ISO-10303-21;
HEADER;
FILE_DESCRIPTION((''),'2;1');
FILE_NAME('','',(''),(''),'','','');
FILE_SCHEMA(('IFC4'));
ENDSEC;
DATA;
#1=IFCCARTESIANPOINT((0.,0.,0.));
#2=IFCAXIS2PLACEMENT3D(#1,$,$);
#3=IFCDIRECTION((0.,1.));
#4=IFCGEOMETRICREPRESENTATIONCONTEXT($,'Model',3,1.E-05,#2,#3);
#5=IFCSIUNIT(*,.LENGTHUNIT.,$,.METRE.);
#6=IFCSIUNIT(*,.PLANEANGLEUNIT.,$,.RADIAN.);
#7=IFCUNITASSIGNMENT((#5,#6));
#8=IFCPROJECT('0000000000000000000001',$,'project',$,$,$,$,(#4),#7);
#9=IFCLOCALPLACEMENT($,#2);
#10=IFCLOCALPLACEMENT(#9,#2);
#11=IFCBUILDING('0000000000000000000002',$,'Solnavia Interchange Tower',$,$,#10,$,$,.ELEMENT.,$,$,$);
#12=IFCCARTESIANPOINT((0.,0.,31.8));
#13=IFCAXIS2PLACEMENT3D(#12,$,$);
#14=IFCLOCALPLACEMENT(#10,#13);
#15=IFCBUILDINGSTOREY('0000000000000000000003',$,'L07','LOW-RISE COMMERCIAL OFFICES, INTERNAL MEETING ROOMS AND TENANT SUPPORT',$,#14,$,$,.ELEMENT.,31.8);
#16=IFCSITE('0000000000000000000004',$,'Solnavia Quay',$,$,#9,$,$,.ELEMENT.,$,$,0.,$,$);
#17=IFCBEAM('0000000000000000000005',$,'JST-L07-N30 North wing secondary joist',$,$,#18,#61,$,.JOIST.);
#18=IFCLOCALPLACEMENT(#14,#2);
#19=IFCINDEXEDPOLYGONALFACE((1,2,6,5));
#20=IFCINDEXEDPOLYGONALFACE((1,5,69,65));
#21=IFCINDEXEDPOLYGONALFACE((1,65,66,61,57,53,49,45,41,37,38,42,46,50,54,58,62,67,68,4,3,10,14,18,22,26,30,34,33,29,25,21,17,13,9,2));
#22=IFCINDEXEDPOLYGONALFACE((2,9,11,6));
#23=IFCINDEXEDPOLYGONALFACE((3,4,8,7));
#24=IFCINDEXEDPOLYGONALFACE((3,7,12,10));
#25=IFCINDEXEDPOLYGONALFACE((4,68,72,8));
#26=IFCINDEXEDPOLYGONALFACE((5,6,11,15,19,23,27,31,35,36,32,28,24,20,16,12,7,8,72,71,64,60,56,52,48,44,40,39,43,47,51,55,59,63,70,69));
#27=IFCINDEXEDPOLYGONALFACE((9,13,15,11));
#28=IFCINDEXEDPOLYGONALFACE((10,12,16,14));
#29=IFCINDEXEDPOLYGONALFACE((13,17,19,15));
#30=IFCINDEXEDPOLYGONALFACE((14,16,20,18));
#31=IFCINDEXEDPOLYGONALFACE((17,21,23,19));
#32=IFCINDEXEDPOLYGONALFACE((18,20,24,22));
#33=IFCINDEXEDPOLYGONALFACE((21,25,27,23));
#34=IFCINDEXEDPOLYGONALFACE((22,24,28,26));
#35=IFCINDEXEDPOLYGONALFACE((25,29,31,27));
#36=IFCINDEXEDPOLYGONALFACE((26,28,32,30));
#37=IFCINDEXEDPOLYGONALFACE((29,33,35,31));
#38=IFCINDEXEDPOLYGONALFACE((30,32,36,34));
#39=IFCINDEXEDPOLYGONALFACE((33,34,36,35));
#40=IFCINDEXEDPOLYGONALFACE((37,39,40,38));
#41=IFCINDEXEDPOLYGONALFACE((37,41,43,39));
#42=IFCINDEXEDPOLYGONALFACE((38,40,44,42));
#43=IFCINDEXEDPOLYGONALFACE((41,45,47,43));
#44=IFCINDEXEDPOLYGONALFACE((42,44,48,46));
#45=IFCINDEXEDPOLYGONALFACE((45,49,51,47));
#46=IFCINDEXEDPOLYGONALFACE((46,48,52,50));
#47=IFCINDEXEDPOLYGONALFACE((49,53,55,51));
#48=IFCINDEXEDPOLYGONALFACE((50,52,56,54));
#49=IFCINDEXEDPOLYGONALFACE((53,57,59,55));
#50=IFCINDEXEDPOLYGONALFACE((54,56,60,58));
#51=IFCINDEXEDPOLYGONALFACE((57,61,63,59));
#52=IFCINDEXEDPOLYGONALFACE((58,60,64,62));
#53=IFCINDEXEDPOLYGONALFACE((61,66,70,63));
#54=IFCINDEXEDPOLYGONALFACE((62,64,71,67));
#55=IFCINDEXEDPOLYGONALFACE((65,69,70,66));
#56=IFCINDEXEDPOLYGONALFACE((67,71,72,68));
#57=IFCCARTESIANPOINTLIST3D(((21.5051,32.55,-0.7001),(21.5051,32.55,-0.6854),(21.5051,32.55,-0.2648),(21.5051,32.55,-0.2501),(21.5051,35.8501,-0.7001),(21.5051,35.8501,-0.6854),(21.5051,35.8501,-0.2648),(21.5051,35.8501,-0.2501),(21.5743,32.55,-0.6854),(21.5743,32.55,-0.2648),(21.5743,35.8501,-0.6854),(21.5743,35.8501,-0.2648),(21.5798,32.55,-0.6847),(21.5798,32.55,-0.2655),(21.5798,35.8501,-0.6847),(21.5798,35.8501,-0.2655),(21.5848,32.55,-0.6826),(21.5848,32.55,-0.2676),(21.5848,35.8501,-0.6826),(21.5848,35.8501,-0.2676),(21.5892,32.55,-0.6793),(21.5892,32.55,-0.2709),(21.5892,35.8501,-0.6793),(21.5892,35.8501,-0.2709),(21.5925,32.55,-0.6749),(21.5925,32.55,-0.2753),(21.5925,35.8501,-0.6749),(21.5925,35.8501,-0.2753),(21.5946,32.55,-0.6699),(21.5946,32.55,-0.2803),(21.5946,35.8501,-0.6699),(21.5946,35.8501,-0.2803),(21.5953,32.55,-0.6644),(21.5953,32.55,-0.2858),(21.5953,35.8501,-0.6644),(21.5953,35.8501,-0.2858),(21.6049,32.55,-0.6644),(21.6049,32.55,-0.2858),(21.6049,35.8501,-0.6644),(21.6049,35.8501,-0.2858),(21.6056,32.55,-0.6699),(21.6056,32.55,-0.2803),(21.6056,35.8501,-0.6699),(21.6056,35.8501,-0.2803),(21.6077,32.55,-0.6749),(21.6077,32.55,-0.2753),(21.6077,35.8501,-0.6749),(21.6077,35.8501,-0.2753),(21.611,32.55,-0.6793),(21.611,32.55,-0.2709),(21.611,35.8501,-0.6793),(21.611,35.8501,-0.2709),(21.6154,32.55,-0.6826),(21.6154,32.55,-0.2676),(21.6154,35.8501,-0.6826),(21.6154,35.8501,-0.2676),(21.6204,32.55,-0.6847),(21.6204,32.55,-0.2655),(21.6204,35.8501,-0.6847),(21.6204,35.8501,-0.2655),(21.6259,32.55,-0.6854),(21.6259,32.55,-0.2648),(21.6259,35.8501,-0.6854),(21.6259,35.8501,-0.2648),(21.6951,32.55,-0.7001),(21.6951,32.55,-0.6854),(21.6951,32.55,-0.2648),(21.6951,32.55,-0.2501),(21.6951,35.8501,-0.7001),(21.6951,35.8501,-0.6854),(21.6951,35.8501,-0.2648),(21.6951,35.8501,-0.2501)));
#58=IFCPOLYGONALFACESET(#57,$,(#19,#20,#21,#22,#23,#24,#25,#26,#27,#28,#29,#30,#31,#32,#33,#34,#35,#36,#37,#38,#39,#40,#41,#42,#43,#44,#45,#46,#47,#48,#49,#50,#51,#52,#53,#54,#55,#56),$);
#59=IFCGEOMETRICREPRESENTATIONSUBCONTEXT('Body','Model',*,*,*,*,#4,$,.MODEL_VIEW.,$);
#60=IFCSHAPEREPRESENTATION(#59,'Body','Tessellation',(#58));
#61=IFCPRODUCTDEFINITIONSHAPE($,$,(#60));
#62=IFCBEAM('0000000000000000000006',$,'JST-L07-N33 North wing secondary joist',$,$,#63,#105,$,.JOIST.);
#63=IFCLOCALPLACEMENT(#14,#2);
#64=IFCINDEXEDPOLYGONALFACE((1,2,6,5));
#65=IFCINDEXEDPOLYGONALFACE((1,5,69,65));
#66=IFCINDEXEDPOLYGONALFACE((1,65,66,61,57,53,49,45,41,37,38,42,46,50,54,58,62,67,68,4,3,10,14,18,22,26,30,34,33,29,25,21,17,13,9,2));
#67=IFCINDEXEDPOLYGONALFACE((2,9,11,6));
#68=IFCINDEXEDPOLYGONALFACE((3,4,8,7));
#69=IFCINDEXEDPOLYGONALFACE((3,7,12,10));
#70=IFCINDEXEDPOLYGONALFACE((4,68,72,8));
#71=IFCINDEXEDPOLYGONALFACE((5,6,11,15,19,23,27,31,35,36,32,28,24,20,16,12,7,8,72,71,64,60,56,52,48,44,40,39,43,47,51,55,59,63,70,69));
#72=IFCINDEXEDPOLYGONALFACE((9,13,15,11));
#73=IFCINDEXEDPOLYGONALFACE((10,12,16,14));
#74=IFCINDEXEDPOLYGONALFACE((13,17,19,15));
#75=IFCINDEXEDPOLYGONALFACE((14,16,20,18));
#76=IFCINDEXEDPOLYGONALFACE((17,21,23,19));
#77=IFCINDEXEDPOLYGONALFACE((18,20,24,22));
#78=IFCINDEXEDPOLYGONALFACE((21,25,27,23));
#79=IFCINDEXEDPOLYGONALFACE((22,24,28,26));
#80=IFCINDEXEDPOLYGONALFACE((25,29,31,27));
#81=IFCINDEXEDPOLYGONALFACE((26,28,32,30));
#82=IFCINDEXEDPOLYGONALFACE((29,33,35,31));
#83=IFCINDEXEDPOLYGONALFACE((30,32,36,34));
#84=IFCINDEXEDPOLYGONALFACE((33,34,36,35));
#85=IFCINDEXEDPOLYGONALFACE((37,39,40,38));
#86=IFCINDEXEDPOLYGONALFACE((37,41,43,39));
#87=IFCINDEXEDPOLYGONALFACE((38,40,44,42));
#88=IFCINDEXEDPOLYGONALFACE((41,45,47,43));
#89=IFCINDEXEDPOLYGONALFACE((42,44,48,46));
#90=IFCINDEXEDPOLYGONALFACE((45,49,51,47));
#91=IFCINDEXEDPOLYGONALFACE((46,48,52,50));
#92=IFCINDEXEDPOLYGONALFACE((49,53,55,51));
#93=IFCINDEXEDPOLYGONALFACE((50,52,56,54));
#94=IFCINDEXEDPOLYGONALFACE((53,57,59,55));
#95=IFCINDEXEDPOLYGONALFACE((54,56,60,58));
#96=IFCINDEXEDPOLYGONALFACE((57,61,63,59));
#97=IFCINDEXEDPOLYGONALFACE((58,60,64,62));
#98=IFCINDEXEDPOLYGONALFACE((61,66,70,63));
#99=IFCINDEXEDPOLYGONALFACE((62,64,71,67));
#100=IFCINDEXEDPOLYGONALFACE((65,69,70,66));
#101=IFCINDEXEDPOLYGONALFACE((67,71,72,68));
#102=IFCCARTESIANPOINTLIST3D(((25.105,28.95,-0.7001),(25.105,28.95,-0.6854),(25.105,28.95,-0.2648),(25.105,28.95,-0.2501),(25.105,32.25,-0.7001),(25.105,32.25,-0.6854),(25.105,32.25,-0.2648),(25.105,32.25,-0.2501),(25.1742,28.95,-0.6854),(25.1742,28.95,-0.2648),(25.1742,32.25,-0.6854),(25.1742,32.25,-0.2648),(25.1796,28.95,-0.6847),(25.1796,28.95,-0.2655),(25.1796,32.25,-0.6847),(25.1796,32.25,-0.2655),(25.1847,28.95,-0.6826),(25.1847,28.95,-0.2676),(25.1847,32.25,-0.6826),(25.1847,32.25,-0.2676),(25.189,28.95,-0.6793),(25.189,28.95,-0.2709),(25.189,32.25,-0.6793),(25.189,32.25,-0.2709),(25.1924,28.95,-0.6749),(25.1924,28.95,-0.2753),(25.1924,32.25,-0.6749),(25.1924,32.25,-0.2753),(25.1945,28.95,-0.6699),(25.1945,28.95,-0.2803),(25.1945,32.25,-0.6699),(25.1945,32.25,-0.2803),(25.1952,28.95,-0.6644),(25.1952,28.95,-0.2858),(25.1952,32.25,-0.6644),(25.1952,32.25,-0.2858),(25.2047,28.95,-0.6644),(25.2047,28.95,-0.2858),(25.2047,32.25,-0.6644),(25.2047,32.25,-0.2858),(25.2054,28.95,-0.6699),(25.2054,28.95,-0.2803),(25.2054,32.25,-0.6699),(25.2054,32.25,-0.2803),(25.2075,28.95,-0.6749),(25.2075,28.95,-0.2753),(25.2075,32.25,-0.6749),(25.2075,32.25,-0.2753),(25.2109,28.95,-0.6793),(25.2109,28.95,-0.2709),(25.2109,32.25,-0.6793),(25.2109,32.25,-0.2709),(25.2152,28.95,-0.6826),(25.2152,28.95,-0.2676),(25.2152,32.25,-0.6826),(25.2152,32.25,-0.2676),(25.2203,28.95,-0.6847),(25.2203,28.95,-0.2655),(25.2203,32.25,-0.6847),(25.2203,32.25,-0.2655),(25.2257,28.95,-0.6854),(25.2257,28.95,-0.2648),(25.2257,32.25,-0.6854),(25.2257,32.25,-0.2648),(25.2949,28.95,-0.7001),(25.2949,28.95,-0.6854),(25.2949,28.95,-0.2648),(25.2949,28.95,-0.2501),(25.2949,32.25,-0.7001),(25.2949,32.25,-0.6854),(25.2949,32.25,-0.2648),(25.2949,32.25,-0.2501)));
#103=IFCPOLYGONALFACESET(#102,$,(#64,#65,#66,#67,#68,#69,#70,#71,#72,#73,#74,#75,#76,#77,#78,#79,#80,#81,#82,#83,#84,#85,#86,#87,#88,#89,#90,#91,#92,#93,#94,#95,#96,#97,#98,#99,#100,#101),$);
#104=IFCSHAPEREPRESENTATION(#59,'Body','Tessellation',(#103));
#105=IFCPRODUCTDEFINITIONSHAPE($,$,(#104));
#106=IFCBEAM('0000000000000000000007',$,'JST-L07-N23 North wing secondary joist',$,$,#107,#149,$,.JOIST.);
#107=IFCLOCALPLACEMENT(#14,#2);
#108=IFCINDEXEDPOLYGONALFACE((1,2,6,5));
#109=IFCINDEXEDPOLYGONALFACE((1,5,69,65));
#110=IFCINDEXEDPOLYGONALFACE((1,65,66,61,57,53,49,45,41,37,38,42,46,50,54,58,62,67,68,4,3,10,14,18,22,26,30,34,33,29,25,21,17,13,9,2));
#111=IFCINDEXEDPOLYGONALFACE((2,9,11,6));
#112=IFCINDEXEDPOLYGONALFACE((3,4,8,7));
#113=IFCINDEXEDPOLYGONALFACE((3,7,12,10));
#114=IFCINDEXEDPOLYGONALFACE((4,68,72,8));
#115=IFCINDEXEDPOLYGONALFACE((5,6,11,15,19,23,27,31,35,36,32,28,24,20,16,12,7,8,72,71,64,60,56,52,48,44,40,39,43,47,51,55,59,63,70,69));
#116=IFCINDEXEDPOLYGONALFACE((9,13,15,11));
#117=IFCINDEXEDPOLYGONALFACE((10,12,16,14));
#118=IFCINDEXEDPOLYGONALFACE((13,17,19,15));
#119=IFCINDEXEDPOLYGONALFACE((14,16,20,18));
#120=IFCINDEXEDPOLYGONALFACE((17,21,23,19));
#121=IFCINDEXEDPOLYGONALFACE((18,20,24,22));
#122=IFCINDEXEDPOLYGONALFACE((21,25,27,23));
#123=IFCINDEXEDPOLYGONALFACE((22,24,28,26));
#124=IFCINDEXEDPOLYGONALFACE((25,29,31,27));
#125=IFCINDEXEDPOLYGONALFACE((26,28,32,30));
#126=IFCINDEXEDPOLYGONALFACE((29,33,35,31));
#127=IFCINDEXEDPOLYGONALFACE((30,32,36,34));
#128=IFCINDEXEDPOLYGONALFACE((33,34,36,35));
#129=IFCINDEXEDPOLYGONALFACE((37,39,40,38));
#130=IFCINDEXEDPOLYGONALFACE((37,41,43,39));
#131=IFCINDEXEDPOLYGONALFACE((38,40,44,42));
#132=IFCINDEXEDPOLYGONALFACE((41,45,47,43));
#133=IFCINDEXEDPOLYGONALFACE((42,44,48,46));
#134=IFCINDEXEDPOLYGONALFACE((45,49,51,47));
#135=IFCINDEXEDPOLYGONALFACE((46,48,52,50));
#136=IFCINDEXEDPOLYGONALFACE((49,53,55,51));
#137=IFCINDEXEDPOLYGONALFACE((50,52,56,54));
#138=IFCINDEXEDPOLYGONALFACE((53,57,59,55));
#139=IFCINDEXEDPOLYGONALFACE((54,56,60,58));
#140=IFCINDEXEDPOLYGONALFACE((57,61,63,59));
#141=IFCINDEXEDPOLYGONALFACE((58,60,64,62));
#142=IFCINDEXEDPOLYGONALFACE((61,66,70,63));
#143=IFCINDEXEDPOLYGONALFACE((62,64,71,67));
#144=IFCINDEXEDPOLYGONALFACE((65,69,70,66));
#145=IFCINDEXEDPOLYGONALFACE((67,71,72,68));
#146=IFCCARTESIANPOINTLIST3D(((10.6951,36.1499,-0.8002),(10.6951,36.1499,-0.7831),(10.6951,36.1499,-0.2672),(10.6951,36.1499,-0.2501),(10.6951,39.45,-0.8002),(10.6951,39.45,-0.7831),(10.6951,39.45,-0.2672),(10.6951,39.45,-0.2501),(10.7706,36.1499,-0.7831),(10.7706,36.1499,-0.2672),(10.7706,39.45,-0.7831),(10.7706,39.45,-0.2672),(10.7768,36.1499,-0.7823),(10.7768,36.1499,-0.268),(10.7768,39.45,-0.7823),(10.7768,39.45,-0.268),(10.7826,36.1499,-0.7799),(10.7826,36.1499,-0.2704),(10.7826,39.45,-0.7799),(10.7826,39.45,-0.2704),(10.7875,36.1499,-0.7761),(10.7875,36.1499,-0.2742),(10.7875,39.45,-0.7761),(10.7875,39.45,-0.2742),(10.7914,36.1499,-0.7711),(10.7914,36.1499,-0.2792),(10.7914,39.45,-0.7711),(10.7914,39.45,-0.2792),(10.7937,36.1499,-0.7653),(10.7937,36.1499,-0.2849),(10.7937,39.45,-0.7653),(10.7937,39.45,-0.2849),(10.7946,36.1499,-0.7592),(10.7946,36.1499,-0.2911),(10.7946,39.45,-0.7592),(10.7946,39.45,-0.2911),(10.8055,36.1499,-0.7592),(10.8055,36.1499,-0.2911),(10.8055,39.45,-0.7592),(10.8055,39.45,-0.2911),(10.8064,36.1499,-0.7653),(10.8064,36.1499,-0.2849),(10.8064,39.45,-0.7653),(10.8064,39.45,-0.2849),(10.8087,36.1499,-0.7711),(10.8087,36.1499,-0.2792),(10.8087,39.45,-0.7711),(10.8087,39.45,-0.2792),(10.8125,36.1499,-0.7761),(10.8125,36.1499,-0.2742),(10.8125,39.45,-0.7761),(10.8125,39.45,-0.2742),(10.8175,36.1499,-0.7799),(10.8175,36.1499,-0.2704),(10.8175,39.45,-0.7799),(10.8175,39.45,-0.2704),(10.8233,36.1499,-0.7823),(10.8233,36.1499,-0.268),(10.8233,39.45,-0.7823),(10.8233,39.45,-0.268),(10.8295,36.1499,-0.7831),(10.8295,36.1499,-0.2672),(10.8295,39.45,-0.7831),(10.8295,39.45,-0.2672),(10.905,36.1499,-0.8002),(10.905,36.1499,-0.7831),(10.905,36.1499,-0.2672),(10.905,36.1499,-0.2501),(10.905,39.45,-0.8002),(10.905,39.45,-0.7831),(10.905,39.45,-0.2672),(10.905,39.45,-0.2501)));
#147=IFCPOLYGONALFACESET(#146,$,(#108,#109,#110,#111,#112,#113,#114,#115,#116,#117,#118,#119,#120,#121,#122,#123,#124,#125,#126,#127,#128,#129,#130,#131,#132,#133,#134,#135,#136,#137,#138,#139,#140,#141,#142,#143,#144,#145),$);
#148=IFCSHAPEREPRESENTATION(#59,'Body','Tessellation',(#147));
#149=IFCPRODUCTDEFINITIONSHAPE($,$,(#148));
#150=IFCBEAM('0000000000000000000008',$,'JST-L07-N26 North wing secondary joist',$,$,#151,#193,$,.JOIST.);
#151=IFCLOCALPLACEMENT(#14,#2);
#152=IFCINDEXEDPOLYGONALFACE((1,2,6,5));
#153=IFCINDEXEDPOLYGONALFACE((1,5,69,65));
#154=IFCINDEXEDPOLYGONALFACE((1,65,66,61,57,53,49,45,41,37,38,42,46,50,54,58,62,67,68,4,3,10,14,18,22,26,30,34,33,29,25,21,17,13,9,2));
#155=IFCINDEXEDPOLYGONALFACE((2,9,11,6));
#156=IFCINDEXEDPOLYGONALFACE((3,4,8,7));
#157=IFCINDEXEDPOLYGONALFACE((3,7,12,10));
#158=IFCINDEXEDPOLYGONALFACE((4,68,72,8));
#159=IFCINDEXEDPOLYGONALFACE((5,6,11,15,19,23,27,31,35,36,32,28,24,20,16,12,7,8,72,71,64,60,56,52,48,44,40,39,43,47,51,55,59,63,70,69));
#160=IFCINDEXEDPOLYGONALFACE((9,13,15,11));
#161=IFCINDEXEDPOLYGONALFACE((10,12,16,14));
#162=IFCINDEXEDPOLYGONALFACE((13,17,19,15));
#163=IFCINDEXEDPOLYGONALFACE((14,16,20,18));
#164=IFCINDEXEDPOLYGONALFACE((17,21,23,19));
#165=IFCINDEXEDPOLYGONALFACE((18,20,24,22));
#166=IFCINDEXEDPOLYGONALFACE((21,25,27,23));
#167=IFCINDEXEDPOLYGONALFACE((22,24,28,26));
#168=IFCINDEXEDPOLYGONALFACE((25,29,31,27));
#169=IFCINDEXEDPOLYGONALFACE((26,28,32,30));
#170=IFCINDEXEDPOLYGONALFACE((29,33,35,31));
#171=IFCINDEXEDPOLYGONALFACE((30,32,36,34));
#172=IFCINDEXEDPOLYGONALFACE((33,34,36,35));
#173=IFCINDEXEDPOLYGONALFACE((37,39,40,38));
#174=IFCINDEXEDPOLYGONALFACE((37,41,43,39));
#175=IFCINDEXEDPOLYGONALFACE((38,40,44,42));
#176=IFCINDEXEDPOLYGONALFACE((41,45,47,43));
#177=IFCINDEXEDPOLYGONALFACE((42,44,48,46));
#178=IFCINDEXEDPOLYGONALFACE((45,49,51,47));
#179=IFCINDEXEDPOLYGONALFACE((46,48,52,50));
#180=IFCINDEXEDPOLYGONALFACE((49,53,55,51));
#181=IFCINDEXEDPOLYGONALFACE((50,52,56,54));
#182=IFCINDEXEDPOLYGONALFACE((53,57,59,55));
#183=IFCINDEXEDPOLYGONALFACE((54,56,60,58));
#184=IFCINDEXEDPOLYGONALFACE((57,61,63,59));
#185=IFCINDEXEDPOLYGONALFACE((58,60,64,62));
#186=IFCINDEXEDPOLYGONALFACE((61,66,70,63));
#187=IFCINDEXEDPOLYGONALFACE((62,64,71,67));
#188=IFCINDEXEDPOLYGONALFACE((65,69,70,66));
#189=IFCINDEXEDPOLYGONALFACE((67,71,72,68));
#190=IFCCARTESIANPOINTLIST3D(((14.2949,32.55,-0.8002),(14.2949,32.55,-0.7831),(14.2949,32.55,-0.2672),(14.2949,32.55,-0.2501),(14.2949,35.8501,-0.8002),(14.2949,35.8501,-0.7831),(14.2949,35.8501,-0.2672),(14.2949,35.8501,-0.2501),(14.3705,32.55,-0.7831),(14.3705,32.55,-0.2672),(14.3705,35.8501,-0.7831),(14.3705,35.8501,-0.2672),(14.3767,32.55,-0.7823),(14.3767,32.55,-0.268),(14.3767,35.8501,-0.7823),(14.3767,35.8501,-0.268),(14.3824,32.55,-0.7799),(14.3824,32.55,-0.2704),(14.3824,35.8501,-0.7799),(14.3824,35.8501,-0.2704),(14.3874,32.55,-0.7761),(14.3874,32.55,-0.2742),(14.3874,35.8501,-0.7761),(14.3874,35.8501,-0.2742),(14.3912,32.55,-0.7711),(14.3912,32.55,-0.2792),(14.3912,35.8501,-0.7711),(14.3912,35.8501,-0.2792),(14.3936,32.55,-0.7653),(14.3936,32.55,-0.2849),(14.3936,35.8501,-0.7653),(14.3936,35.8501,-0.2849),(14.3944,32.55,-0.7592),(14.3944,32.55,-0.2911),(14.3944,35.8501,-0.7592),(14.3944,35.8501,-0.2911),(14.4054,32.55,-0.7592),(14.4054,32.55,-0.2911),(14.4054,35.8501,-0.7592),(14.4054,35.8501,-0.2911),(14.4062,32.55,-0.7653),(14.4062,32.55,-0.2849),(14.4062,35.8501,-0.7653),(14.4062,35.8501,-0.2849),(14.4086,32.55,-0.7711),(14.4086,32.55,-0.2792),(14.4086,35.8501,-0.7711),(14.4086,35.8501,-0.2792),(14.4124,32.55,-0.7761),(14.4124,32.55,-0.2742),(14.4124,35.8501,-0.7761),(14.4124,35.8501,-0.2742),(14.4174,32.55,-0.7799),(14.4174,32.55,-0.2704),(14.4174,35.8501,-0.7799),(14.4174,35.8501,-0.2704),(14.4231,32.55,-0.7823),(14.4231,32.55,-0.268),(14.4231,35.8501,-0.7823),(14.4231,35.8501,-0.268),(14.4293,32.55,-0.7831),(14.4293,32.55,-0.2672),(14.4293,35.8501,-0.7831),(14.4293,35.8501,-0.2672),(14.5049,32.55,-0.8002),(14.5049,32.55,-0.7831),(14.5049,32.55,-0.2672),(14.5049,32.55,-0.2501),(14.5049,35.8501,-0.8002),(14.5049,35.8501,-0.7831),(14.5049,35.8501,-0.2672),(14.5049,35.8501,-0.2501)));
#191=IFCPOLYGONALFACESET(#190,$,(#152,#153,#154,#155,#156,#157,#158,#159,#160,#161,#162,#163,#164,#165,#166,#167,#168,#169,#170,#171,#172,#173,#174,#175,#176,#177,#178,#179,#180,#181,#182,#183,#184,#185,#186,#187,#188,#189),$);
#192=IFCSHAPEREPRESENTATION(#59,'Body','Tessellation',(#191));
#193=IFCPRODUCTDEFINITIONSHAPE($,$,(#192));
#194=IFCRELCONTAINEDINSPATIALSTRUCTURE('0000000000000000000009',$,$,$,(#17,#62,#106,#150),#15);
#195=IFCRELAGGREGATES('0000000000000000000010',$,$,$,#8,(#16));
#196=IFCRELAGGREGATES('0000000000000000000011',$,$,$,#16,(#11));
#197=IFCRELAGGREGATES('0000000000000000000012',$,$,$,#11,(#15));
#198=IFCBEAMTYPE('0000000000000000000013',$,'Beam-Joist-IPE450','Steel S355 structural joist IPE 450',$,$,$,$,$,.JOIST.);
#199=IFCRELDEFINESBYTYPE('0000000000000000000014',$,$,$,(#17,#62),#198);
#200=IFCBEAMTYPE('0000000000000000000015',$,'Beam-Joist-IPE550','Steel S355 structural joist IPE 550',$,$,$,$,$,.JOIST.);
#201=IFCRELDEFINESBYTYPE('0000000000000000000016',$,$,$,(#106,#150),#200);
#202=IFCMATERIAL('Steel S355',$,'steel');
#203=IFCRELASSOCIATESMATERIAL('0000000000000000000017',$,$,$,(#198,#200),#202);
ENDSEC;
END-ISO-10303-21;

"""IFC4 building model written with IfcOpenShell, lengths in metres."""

from ifc_helpers import new_model, si_unit, direction, frame, origin, origin_2d, place, context, subcontext, project, spatial, i_section, extrude, material, material_profile, profile_set, type_object, element, save


model = new_model("IFC4")

# Units and contexts
model_context = context("Model", 3, precision=1e-05, world=origin(), true_north=direction((0.0, 1.0)))
body_context = subcontext(model_context, "Body", "Model", "MODEL_VIEW")
ifc_project = project(units=[si_unit("LENGTHUNIT", "METRE"), si_unit("PLANEANGLEUNIT", "RADIAN")], contexts=[model_context])

# Site, building, storey
site_placement = place(None, origin())
site = spatial("IfcSite", under=ifc_project, at=site_placement, Name="Solnavia Quay", CompositionType="ELEMENT", RefElevation=0.0)
building_placement = place(site_placement, origin())
building = spatial("IfcBuilding", under=site, at=building_placement, Name="Solnavia Interchange Tower", CompositionType="ELEMENT")
storey_placement = place(building_placement, frame((0.0, 0.0, 31.8)))
storey = spatial("IfcBuildingStorey", under=building, at=storey_placement, Name="L07", Description="LOW-RISE COMMERCIAL OFFICES, INTERNAL MEETING ROOMS AND TENANT SUPPORT", CompositionType="ELEMENT", Elevation=31.8)

# Shared definitions
ifc_material_1 = material(Name="Steel S355", Category="steel")

# Beams
ifc_material_profile_1 = material_profile(ifc_material_1, i_section(OverallWidth=0.1899, OverallDepth=0.45, WebThickness=0.0095, FlangeThickness=0.0146, FilletRadius=0.021, at=origin_2d()), Name="IPE 450")
ifc_profile_set_1 = profile_set([ifc_material_profile_1], Name="Steel S355")
beam_type_1 = type_object("IfcBeamType", Name="Beam-Joist-IPE450", Description="Steel S355 structural joist IPE 450", PredefinedType="JOIST", material=ifc_profile_set_1)
for number, where, z_axis, x_axis, name in (
    (1, (21.6001, 32.55, -0.4751), (0.0, 1.0, 0.0), (-1.0, 0.0, 0.0), "JST-L07-N30 North wing secondary joist"),
    (2, (25.2, 28.95, -0.4751), (0.0, 1.0, 0.0), (-1.0, 0.0, 0.0), "JST-L07-N33 North wing secondary joist"),
):
    element("IfcBeam", number, at=place(storey_placement, frame(where, z_axis=z_axis, x_axis=x_axis)), inside=storey, type_object=beam_type_1, Name=name, PredefinedType="JOIST", context=body_context, shape_type="SweptSolid", body=[
        extrude(i_section(OverallWidth=0.1899, OverallDepth=0.45, WebThickness=0.0095, FlangeThickness=0.0146, FilletRadius=0.021, at=origin_2d()), origin(), (0.0, 0.0, 1.0), 3.3),
    ])
ifc_material_profile_2 = material_profile(ifc_material_1, i_section(OverallWidth=0.21, OverallDepth=0.55, WebThickness=0.011, FlangeThickness=0.0171, FilletRadius=0.0239, at=origin_2d()), Name="IPE 550")
ifc_profile_set_2 = profile_set([ifc_material_profile_2], Name="Steel S355")
beam_type_2 = type_object("IfcBeamType", Name="Beam-Joist-IPE550", Description="Steel S355 structural joist IPE 550", PredefinedType="JOIST", material=ifc_profile_set_2)
for number, where, z_axis, x_axis, name in (
    (3, (10.8, 36.1499, -0.5251), (0.0, 1.0, 0.0), (-1.0, 0.0, 0.0), "JST-L07-N23 North wing secondary joist"),
    (4, (14.3999, 32.55, -0.5251), (0.0, 1.0, 0.0), (-1.0, 0.0, 0.0), "JST-L07-N26 North wing secondary joist"),
):
    element("IfcBeam", number, at=place(storey_placement, frame(where, z_axis=z_axis, x_axis=x_axis)), inside=storey, type_object=beam_type_2, Name=name, PredefinedType="JOIST", context=body_context, shape_type="SweptSolid", body=[
        extrude(i_section(OverallWidth=0.21, OverallDepth=0.55, WebThickness=0.011, FlangeThickness=0.0171, FilletRadius=0.0239, at=origin_2d()), origin(), (0.0, 0.0, 1.0), 3.3),
    ])

save(model, "model.ifc")
